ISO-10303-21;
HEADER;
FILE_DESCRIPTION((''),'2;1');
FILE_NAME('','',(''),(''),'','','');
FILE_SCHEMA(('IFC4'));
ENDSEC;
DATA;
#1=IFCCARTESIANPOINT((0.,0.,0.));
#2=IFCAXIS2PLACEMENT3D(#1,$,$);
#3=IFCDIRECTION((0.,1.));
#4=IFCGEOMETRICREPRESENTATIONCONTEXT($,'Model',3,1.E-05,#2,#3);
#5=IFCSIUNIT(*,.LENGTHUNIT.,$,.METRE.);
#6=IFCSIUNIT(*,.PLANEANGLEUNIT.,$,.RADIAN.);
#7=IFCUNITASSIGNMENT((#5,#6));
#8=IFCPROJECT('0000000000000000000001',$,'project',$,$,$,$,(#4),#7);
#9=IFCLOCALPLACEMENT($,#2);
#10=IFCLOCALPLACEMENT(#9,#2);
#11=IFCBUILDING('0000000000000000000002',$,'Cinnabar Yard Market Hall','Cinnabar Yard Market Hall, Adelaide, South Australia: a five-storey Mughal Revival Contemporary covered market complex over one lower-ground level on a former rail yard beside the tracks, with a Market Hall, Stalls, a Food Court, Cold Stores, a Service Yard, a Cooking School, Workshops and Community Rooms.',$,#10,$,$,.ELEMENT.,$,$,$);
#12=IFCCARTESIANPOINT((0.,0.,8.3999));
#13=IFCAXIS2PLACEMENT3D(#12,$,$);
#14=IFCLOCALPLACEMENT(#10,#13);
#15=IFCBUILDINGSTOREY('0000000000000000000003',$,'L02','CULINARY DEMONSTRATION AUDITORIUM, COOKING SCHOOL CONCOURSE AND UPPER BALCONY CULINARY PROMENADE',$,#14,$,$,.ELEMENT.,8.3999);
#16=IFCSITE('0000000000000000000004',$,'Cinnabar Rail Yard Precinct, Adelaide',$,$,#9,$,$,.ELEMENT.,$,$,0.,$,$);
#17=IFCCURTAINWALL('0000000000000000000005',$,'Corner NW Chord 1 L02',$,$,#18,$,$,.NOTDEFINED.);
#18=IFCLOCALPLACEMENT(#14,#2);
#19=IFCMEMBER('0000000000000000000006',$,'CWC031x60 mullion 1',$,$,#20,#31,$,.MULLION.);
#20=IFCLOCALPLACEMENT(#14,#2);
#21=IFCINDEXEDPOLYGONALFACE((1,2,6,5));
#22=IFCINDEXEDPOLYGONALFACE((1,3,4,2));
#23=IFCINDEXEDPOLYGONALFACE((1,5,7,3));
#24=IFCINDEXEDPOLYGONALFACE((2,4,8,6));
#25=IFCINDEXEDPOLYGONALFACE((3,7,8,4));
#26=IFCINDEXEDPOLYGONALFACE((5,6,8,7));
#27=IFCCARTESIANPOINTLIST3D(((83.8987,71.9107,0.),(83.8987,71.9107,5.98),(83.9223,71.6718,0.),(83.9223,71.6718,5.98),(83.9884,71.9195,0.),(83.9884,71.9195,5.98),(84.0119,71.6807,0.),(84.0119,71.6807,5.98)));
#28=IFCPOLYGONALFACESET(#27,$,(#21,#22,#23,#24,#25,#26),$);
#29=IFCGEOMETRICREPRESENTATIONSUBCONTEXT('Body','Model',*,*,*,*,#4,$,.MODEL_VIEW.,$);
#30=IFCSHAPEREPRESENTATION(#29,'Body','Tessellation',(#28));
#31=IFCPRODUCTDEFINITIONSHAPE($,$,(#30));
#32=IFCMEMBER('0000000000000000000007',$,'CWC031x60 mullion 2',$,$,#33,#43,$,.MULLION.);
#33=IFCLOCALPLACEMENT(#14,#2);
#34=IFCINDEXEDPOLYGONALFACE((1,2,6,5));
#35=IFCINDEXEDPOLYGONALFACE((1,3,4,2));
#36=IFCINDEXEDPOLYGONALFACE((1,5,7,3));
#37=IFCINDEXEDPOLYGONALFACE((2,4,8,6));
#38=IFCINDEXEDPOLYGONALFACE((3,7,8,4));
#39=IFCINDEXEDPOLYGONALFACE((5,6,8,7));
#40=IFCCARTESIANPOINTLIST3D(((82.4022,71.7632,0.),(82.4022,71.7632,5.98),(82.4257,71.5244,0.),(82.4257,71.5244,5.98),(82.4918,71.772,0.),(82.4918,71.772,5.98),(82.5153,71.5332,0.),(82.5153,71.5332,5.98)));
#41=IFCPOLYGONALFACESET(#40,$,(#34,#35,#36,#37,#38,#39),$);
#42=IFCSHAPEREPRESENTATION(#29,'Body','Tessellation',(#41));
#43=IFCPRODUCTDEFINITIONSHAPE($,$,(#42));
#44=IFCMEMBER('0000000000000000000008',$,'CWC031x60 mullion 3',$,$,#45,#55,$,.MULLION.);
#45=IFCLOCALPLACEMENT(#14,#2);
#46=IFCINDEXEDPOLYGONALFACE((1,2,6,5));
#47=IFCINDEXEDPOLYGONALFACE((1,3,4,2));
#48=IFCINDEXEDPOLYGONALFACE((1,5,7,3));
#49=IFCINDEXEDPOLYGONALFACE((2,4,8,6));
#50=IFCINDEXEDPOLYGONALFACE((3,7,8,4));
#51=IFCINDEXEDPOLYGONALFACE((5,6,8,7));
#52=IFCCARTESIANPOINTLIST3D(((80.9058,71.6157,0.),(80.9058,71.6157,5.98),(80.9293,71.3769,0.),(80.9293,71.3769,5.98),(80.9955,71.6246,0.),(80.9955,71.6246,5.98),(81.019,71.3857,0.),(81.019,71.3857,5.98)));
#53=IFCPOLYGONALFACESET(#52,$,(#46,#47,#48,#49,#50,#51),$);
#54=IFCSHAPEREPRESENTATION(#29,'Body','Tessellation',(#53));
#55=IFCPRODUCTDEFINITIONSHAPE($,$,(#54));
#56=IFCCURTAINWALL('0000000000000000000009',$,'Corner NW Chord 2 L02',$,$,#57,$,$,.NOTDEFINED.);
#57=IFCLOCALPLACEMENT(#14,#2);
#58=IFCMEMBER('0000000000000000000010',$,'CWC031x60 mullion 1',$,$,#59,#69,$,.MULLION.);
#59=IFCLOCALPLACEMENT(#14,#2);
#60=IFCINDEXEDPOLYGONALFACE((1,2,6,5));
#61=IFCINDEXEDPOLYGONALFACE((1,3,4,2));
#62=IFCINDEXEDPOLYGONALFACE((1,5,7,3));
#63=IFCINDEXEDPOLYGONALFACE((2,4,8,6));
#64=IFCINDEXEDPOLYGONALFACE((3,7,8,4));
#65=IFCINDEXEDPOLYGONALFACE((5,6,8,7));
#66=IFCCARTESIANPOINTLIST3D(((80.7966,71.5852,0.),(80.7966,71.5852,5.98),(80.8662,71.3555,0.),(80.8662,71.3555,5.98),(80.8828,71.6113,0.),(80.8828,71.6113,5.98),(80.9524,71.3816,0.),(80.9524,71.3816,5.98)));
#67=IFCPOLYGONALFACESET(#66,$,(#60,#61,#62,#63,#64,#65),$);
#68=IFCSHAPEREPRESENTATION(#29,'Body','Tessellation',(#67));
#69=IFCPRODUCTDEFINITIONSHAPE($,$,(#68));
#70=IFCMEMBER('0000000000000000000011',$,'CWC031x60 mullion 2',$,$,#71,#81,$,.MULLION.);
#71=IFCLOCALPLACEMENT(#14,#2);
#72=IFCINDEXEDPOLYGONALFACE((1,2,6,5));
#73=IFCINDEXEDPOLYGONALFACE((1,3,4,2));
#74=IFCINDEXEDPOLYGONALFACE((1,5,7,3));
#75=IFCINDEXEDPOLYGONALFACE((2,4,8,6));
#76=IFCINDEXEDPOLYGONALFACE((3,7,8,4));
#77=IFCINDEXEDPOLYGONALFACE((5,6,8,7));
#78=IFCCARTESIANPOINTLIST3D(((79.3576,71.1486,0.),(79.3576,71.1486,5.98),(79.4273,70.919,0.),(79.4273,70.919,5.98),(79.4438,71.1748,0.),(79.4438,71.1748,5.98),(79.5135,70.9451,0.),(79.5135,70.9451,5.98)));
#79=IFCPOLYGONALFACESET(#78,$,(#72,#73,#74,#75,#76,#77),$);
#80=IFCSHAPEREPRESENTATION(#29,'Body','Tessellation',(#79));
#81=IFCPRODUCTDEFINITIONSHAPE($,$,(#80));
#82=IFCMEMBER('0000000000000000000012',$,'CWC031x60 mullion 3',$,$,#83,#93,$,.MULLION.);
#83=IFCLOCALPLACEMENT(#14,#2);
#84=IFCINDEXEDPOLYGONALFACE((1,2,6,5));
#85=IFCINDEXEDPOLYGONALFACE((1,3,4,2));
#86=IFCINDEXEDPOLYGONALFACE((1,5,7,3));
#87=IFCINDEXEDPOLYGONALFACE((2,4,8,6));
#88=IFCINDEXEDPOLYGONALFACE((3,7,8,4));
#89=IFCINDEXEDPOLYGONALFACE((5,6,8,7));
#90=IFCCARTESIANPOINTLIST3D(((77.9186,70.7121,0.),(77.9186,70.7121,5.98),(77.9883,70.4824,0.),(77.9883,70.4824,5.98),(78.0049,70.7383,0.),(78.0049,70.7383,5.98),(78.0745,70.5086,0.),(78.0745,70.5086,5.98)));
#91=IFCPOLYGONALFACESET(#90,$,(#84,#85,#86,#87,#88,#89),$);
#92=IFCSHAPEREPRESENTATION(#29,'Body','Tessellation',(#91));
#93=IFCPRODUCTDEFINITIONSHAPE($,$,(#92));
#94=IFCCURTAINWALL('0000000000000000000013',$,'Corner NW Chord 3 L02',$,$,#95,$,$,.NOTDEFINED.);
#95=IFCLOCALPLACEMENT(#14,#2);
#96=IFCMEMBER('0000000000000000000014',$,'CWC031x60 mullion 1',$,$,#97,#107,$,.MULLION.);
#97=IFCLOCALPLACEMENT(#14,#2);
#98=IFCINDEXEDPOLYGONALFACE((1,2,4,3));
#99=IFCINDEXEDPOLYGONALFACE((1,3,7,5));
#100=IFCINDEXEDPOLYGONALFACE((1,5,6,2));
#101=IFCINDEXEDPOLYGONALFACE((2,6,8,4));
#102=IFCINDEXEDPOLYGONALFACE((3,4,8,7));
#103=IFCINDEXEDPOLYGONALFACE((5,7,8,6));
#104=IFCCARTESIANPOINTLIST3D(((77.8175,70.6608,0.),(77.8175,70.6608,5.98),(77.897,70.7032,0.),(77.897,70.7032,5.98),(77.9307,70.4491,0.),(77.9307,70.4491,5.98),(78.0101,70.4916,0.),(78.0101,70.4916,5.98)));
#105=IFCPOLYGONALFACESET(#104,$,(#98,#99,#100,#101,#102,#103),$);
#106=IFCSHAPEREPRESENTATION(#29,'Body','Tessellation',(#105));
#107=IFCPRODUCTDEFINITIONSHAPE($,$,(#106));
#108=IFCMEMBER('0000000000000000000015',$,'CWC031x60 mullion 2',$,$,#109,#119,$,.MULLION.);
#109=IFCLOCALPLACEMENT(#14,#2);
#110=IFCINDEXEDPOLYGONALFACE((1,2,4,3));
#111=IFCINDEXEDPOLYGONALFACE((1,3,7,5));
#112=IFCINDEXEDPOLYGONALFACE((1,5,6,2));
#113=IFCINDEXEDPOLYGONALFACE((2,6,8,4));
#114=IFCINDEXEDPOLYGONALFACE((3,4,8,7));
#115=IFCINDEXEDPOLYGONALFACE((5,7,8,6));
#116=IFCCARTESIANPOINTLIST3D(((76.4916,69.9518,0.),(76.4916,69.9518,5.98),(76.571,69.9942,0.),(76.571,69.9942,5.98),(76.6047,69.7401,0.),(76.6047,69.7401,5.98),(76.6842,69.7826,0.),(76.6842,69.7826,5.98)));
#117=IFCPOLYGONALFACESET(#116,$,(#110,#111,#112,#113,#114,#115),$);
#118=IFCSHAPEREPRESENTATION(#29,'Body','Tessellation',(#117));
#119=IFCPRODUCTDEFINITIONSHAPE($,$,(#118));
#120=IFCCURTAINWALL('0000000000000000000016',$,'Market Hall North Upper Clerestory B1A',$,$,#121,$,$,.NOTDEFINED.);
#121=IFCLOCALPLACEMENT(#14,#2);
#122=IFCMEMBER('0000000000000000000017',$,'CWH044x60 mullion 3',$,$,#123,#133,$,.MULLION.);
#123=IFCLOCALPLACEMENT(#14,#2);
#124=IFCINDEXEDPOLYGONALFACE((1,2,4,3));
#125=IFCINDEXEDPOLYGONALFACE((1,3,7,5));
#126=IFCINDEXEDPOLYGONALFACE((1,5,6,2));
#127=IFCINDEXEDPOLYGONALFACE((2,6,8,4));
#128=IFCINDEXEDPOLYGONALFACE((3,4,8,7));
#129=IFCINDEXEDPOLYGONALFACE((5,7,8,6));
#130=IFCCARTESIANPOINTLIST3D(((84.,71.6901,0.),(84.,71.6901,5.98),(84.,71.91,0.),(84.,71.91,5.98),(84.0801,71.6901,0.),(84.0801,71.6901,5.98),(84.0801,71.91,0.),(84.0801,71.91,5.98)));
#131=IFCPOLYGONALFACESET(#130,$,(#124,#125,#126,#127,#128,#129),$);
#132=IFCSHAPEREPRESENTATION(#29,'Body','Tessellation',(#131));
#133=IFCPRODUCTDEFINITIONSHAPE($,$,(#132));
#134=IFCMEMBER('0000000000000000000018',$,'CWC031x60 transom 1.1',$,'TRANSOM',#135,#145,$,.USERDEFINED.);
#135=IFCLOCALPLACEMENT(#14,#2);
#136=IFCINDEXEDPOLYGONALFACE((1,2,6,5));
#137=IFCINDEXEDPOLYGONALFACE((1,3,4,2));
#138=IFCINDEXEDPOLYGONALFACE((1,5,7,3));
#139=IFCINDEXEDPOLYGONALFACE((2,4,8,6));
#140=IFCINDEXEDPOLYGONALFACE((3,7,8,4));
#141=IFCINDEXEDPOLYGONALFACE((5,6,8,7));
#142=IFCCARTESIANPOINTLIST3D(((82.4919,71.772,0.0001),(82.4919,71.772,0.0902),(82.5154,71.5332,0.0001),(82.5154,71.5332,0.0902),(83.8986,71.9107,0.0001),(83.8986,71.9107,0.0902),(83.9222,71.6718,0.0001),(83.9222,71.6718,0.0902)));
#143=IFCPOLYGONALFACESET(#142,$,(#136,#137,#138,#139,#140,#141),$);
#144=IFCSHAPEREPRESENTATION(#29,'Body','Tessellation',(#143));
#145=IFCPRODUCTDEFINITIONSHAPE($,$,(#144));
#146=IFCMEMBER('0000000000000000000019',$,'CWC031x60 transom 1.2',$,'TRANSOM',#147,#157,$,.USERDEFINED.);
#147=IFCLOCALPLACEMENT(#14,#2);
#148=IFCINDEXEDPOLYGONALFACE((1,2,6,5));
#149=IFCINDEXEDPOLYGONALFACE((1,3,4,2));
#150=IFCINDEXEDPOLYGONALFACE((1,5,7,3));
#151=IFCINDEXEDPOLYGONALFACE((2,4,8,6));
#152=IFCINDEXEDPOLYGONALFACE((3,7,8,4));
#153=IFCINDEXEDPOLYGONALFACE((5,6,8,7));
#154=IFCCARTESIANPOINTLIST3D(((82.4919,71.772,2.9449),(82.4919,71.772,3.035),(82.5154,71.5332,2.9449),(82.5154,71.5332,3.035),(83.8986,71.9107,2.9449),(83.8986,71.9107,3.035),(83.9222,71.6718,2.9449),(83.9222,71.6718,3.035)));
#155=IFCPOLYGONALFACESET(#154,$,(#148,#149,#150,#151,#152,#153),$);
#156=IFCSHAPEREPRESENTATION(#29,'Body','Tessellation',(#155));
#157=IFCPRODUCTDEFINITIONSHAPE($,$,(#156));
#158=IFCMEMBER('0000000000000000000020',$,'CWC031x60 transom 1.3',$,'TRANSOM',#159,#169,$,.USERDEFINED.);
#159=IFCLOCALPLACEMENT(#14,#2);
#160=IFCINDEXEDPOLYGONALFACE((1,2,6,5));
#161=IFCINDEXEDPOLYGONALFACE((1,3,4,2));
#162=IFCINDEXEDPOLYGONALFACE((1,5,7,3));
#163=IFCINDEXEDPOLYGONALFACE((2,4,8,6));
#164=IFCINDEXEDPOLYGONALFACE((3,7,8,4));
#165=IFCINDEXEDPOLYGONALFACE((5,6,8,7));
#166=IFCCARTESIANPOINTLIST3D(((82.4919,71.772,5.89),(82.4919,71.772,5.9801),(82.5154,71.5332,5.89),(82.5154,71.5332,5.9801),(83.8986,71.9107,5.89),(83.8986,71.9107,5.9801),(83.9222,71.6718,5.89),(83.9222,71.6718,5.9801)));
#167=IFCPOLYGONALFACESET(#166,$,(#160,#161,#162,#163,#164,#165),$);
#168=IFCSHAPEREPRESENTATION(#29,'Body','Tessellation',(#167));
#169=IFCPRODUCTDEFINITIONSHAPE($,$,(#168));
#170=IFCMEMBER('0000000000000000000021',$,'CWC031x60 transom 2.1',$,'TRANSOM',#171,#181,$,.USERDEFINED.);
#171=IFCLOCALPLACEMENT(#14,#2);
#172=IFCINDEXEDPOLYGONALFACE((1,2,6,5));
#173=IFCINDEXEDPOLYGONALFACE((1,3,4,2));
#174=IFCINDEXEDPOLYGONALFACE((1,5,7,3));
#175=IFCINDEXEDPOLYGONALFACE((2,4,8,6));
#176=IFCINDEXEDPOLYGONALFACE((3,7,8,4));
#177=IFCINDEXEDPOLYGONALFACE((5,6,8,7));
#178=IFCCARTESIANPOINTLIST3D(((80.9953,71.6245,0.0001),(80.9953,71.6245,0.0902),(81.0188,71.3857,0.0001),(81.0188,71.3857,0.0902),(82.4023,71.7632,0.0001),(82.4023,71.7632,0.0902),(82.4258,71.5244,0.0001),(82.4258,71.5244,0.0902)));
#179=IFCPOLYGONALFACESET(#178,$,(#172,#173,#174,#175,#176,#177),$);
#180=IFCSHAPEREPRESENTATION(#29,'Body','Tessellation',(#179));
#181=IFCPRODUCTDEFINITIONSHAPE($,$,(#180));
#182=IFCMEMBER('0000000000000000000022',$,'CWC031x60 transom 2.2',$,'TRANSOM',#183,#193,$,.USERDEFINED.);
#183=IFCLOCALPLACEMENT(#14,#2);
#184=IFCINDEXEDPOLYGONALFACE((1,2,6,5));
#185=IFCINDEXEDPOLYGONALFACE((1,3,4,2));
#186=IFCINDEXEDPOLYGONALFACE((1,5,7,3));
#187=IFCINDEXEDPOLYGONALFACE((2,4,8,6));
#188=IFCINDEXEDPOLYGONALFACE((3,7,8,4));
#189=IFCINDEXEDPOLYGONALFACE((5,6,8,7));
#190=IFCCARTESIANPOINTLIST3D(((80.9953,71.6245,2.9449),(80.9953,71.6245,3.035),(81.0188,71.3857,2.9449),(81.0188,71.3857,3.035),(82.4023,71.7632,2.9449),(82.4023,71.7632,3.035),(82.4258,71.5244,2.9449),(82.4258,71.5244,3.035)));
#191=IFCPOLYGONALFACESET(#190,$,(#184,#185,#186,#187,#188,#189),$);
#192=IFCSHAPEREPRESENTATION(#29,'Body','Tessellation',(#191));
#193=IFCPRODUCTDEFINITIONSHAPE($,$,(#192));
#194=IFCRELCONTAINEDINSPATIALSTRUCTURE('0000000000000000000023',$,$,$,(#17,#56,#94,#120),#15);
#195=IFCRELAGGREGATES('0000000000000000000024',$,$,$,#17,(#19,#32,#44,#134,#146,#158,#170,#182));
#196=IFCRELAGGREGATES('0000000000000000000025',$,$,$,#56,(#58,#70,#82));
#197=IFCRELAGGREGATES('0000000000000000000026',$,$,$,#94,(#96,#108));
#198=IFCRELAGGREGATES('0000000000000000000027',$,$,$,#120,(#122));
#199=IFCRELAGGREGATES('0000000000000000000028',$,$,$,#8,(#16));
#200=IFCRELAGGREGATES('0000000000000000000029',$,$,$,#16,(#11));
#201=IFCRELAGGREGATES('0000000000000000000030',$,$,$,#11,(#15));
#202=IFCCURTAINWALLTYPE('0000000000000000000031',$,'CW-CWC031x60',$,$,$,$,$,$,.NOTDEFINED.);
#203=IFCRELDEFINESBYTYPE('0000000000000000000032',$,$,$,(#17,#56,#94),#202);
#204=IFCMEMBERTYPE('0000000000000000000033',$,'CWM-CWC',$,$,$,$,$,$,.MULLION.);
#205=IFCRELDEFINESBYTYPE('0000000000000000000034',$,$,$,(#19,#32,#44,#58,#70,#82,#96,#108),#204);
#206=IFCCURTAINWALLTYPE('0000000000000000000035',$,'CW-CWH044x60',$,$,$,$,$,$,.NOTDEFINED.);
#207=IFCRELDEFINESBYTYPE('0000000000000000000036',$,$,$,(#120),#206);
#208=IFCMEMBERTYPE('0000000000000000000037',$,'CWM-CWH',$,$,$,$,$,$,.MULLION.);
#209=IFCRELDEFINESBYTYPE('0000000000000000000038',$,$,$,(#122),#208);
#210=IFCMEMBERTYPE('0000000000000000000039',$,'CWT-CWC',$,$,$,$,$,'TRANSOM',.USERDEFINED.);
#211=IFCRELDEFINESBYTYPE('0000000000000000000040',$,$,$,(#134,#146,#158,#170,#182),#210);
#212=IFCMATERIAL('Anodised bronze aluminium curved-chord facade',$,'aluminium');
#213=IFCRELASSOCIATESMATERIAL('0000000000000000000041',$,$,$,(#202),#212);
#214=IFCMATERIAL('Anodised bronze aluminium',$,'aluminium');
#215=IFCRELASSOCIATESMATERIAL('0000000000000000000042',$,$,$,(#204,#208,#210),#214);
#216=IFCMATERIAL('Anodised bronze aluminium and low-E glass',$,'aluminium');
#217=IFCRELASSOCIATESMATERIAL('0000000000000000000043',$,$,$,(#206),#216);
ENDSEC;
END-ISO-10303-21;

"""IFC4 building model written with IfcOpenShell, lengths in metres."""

from ifc_helpers import new_model, si_unit, direction, frame, origin, origin_2d_with_axis, place, context, subcontext, project, spatial, rectangle, extrude, material, material_profile, profile_set, type_object, element, aggregate, save


model = new_model("IFC4")

# Units and contexts
model_context = context("Model", 3, precision=1e-05, world=origin(), true_north=direction((0.0, 1.0)))
body_context = subcontext(model_context, "Body", "Model", "MODEL_VIEW")
ifc_project = project(units=[si_unit("LENGTHUNIT", "METRE"), si_unit("PLANEANGLEUNIT", "RADIAN")], contexts=[model_context])

# Site, building, storey
site_placement = place(None, origin())
site = spatial("IfcSite", under=ifc_project, at=site_placement, Name="Cinnabar Rail Yard Precinct, Adelaide", CompositionType="ELEMENT", RefElevation=0.0)
building_placement = place(site_placement, origin())
building = spatial("IfcBuilding", under=site, at=building_placement, Name="Cinnabar Yard Market Hall", Description="Cinnabar Yard Market Hall, Adelaide, South Australia: a five-storey Mughal Revival Contemporary covered market complex over one lower-ground level on a former rail yard beside the tracks, with a Market Hall, Stalls, a Food Court, Cold Stores, a Service Yard, a Cooking School, Workshops and Community Rooms.", CompositionType="ELEMENT")
storey_placement = place(building_placement, frame((0.0, 0.0, 8.3999)))
storey = spatial("IfcBuildingStorey", under=building, at=storey_placement, Name="L02", Description="CULINARY DEMONSTRATION AUDITORIUM, COOKING SCHOOL CONCOURSE AND UPPER BALCONY CULINARY PROMENADE", CompositionType="ELEMENT", Elevation=8.3999)

# Curtain walls, members
ifc_material_1 = material(Name="Anodised bronze aluminium curved-chord facade", Category="aluminium")
curtain_wall_type_1 = type_object("IfcCurtainWallType", Name="CW-CWC031x60", PredefinedType="NOTDEFINED", material=ifc_material_1)
curtain_wall_1_placement = place(storey_placement, origin())
curtain_wall_1 = element("IfcCurtainWall", 1, at=curtain_wall_1_placement, inside=storey, type_object=curtain_wall_type_1, Name="Corner NW Chord 1 L02", PredefinedType="NOTDEFINED")
ifc_material_2 = material(Name="Anodised bronze aluminium", Category="aluminium")
ifc_material_profile_1 = material_profile(ifc_material_2, rectangle(XDim=0.24, YDim=0.0901, at=origin_2d_with_axis()), Name="MUL-CWC")
ifc_profile_set_1 = profile_set([ifc_material_profile_1], Name="Anodised bronze aluminium")
member_type_1 = type_object("IfcMemberType", Name="CWM-CWC", PredefinedType="MULLION", material=ifc_profile_set_1)
member_1_placement = place(storey_placement, frame((83.9553, 71.7957, 0.0), z_axis=(0.0, 0.0, 1.0), x_axis=(0.09802, -0.995184, 0.0)))
member_1 = element("IfcMember", 2, at=member_1_placement, type_object=member_type_1, Name="CWC031x60 mullion 1", PredefinedType="MULLION", context=body_context, shape_type="SweptSolid", body=[
    extrude(rectangle(XDim=0.24, YDim=0.0901, at=origin_2d_with_axis()), origin(), (0.0, 0.0, 1.0), 5.98),
])
member_2_placement = place(storey_placement, frame((82.4587, 71.6482, 0.0), z_axis=(0.0, 0.0, 1.0), x_axis=(0.09802, -0.995184, 0.0)))
member_2 = element("IfcMember", 3, at=member_2_placement, type_object=member_type_1, Name="CWC031x60 mullion 2", PredefinedType="MULLION", context=body_context, shape_type="SweptSolid", body=[
    extrude(rectangle(XDim=0.24, YDim=0.0901, at=origin_2d_with_axis()), origin(), (0.0, 0.0, 1.0), 5.98),
])
member_3_placement = place(storey_placement, frame((80.9624, 71.5007, 0.0), z_axis=(0.0, 0.0, 1.0), x_axis=(0.09802, -0.995184, 0.0)))
member_3 = element("IfcMember", 4, at=member_3_placement, type_object=member_type_1, Name="CWC031x60 mullion 3", PredefinedType="MULLION", context=body_context, shape_type="SweptSolid", body=[
    extrude(rectangle(XDim=0.24, YDim=0.0901, at=origin_2d_with_axis()), origin(), (0.0, 0.0, 1.0), 5.98),
])
curtain_wall_2_placement = place(storey_placement, origin())
curtain_wall_2 = element("IfcCurtainWall", 5, at=curtain_wall_2_placement, inside=storey, type_object=curtain_wall_type_1, Name="Corner NW Chord 2 L02", PredefinedType="NOTDEFINED")
member_4_placement = place(storey_placement, frame((80.8745, 71.4834, 0.0), z_axis=(0.0, 0.0, 1.0), x_axis=(0.290279, -0.956942, 0.0)))
member_4 = element("IfcMember", 6, at=member_4_placement, type_object=member_type_1, Name="CWC031x60 mullion 1", PredefinedType="MULLION", context=body_context, shape_type="SweptSolid", body=[
    extrude(rectangle(XDim=0.24, YDim=0.0901, at=origin_2d_with_axis()), origin(), (0.0, 0.0, 1.0), 5.98),
])
member_5_placement = place(storey_placement, frame((79.4355, 71.0469, 0.0), z_axis=(0.0, 0.0, 1.0), x_axis=(0.290279, -0.956942, 0.0)))
member_5 = element("IfcMember", 7, at=member_5_placement, type_object=member_type_1, Name="CWC031x60 mullion 2", PredefinedType="MULLION", context=body_context, shape_type="SweptSolid", body=[
    extrude(rectangle(XDim=0.24, YDim=0.0901, at=origin_2d_with_axis()), origin(), (0.0, 0.0, 1.0), 5.98),
])
member_6_placement = place(storey_placement, frame((77.9966, 70.6104, 0.0), z_axis=(0.0, 0.0, 1.0), x_axis=(0.290279, -0.956942, 0.0)))
member_6 = element("IfcMember", 8, at=member_6_placement, type_object=member_type_1, Name="CWC031x60 mullion 3", PredefinedType="MULLION", context=body_context, shape_type="SweptSolid", body=[
    extrude(rectangle(XDim=0.24, YDim=0.0901, at=origin_2d_with_axis()), origin(), (0.0, 0.0, 1.0), 5.98),
])
curtain_wall_3_placement = place(storey_placement, origin())
curtain_wall_3 = element("IfcCurtainWall", 9, at=curtain_wall_3_placement, inside=storey, type_object=curtain_wall_type_1, Name="Corner NW Chord 3 L02", PredefinedType="NOTDEFINED")
member_7_placement = place(storey_placement, frame((77.9138, 70.5762, 0.0), z_axis=(0.0, 0.0, 1.0), x_axis=(0.471404, -0.881917, 0.0)))
member_7 = element("IfcMember", 10, at=member_7_placement, type_object=member_type_1, Name="CWC031x60 mullion 1", PredefinedType="MULLION", context=body_context, shape_type="SweptSolid", body=[
    extrude(rectangle(XDim=0.24, YDim=0.0901, at=origin_2d_with_axis()), origin(), (0.0, 0.0, 1.0), 5.98),
])
member_8_placement = place(storey_placement, frame((76.5879, 69.8672, 0.0), z_axis=(0.0, 0.0, 1.0), x_axis=(0.471404, -0.881917, 0.0)))
member_8 = element("IfcMember", 11, at=member_8_placement, type_object=member_type_1, Name="CWC031x60 mullion 2", PredefinedType="MULLION", context=body_context, shape_type="SweptSolid", body=[
    extrude(rectangle(XDim=0.24, YDim=0.0901, at=origin_2d_with_axis()), origin(), (0.0, 0.0, 1.0), 5.98),
])

# Curtain wall, member
ifc_material_3 = material(Name="Anodised bronze aluminium and low-E glass", Category="aluminium")
curtain_wall_type_2 = type_object("IfcCurtainWallType", Name="CW-CWH044x60", PredefinedType="NOTDEFINED", material=ifc_material_3)
curtain_wall_4_placement = place(storey_placement, origin())
curtain_wall_4 = element("IfcCurtainWall", 12, at=curtain_wall_4_placement, inside=storey, type_object=curtain_wall_type_2, Name="Market Hall North Upper Clerestory B1A", PredefinedType="NOTDEFINED")
ifc_material_profile_2 = material_profile(ifc_material_2, rectangle(XDim=0.22, YDim=0.0801, at=origin_2d_with_axis()), Name="MUL-CWH")
ifc_profile_set_2 = profile_set([ifc_material_profile_2], Name="Anodised bronze aluminium")
member_type_2 = type_object("IfcMemberType", Name="CWM-CWH", PredefinedType="MULLION", material=ifc_profile_set_2)
member_9_placement = place(storey_placement, frame((84.04, 71.8, 0.0), z_axis=(0.0, 0.0, 1.0), x_axis=(0.0, -1.0, 0.0)))
member_9 = element("IfcMember", 13, at=member_9_placement, type_object=member_type_2, Name="CWH044x60 mullion 3", PredefinedType="MULLION", context=body_context, shape_type="SweptSolid", body=[
    extrude(rectangle(XDim=0.22, YDim=0.0801, at=origin_2d_with_axis()), origin(), (0.0, 0.0, 1.0), 5.98),
])

# Members
ifc_material_profile_3 = material_profile(ifc_material_2, rectangle(XDim=0.24, YDim=0.0901, at=origin_2d_with_axis()), Name="TRN-CWC")
ifc_profile_set_3 = profile_set([ifc_material_profile_3], Name="Anodised bronze aluminium")
member_type_3 = type_object("IfcMemberType", Name="CWT-CWC", ElementType="TRANSOM", PredefinedType="USERDEFINED", material=ifc_profile_set_3)
member_10_placement = place(storey_placement, frame((83.9104, 71.7913, 0.0452), z_axis=(-0.995176, -0.098101, 0.0), x_axis=(0.098101, -0.995176, 0.0)))
member_10 = element("IfcMember", 14, at=member_10_placement, type_object=member_type_3, Name="CWC031x60 transom 1.1", ObjectType="TRANSOM", PredefinedType="USERDEFINED", context=body_context, shape_type="SweptSolid", body=[
    extrude(rectangle(XDim=0.24, YDim=0.0901, at=origin_2d_with_axis()), origin(), (0.0, 0.0, 1.0), 1.4136),
])
member_11_placement = place(storey_placement, frame((83.9104, 71.7913, 2.99), z_axis=(-0.995176, -0.098101, 0.0), x_axis=(0.098101, -0.995176, 0.0)))
member_11 = element("IfcMember", 15, at=member_11_placement, type_object=member_type_3, Name="CWC031x60 transom 1.2", ObjectType="TRANSOM", PredefinedType="USERDEFINED", context=body_context, shape_type="SweptSolid", body=[
    extrude(rectangle(XDim=0.24, YDim=0.0901, at=origin_2d_with_axis()), origin(), (0.0, 0.0, 1.0), 1.4136),
])
member_12_placement = place(storey_placement, frame((83.9104, 71.7913, 5.9351), z_axis=(-0.995176, -0.098101, 0.0), x_axis=(0.098101, -0.995176, 0.0)))
member_12 = element("IfcMember", 16, at=member_12_placement, type_object=member_type_3, Name="CWC031x60 transom 1.3", ObjectType="TRANSOM", PredefinedType="USERDEFINED", context=body_context, shape_type="SweptSolid", body=[
    extrude(rectangle(XDim=0.24, YDim=0.0901, at=origin_2d_with_axis()), origin(), (0.0, 0.0, 1.0), 1.4136),
])
member_13_placement = place(storey_placement, frame((82.4141, 71.6438, 0.0452), z_axis=(-0.995178, -0.098085, 0.0), x_axis=(0.098085, -0.995178, 0.0)))
member_13 = element("IfcMember", 17, at=member_13_placement, type_object=member_type_3, Name="CWC031x60 transom 2.1", ObjectType="TRANSOM", PredefinedType="USERDEFINED", context=body_context, shape_type="SweptSolid", body=[
    extrude(rectangle(XDim=0.24, YDim=0.0901, at=origin_2d_with_axis()), origin(), (0.0, 0.0, 1.0), 1.4138),
])
member_14_placement = place(storey_placement, frame((82.4141, 71.6438, 2.99), z_axis=(-0.995178, -0.098085, 0.0), x_axis=(0.098085, -0.995178, 0.0)))
member_14 = element("IfcMember", 18, at=member_14_placement, type_object=member_type_3, Name="CWC031x60 transom 2.2", ObjectType="TRANSOM", PredefinedType="USERDEFINED", context=body_context, shape_type="SweptSolid", body=[
    extrude(rectangle(XDim=0.24, YDim=0.0901, at=origin_2d_with_axis()), origin(), (0.0, 0.0, 1.0), 1.4138),
])

aggregate(curtain_wall_1, [member_1, member_2, member_3, member_10, member_11, member_12, member_13, member_14])
aggregate(curtain_wall_2, [member_4, member_5, member_6])
aggregate(curtain_wall_3, [member_7, member_8])
aggregate(curtain_wall_4, [member_9])

save(model, "model.ifc")
